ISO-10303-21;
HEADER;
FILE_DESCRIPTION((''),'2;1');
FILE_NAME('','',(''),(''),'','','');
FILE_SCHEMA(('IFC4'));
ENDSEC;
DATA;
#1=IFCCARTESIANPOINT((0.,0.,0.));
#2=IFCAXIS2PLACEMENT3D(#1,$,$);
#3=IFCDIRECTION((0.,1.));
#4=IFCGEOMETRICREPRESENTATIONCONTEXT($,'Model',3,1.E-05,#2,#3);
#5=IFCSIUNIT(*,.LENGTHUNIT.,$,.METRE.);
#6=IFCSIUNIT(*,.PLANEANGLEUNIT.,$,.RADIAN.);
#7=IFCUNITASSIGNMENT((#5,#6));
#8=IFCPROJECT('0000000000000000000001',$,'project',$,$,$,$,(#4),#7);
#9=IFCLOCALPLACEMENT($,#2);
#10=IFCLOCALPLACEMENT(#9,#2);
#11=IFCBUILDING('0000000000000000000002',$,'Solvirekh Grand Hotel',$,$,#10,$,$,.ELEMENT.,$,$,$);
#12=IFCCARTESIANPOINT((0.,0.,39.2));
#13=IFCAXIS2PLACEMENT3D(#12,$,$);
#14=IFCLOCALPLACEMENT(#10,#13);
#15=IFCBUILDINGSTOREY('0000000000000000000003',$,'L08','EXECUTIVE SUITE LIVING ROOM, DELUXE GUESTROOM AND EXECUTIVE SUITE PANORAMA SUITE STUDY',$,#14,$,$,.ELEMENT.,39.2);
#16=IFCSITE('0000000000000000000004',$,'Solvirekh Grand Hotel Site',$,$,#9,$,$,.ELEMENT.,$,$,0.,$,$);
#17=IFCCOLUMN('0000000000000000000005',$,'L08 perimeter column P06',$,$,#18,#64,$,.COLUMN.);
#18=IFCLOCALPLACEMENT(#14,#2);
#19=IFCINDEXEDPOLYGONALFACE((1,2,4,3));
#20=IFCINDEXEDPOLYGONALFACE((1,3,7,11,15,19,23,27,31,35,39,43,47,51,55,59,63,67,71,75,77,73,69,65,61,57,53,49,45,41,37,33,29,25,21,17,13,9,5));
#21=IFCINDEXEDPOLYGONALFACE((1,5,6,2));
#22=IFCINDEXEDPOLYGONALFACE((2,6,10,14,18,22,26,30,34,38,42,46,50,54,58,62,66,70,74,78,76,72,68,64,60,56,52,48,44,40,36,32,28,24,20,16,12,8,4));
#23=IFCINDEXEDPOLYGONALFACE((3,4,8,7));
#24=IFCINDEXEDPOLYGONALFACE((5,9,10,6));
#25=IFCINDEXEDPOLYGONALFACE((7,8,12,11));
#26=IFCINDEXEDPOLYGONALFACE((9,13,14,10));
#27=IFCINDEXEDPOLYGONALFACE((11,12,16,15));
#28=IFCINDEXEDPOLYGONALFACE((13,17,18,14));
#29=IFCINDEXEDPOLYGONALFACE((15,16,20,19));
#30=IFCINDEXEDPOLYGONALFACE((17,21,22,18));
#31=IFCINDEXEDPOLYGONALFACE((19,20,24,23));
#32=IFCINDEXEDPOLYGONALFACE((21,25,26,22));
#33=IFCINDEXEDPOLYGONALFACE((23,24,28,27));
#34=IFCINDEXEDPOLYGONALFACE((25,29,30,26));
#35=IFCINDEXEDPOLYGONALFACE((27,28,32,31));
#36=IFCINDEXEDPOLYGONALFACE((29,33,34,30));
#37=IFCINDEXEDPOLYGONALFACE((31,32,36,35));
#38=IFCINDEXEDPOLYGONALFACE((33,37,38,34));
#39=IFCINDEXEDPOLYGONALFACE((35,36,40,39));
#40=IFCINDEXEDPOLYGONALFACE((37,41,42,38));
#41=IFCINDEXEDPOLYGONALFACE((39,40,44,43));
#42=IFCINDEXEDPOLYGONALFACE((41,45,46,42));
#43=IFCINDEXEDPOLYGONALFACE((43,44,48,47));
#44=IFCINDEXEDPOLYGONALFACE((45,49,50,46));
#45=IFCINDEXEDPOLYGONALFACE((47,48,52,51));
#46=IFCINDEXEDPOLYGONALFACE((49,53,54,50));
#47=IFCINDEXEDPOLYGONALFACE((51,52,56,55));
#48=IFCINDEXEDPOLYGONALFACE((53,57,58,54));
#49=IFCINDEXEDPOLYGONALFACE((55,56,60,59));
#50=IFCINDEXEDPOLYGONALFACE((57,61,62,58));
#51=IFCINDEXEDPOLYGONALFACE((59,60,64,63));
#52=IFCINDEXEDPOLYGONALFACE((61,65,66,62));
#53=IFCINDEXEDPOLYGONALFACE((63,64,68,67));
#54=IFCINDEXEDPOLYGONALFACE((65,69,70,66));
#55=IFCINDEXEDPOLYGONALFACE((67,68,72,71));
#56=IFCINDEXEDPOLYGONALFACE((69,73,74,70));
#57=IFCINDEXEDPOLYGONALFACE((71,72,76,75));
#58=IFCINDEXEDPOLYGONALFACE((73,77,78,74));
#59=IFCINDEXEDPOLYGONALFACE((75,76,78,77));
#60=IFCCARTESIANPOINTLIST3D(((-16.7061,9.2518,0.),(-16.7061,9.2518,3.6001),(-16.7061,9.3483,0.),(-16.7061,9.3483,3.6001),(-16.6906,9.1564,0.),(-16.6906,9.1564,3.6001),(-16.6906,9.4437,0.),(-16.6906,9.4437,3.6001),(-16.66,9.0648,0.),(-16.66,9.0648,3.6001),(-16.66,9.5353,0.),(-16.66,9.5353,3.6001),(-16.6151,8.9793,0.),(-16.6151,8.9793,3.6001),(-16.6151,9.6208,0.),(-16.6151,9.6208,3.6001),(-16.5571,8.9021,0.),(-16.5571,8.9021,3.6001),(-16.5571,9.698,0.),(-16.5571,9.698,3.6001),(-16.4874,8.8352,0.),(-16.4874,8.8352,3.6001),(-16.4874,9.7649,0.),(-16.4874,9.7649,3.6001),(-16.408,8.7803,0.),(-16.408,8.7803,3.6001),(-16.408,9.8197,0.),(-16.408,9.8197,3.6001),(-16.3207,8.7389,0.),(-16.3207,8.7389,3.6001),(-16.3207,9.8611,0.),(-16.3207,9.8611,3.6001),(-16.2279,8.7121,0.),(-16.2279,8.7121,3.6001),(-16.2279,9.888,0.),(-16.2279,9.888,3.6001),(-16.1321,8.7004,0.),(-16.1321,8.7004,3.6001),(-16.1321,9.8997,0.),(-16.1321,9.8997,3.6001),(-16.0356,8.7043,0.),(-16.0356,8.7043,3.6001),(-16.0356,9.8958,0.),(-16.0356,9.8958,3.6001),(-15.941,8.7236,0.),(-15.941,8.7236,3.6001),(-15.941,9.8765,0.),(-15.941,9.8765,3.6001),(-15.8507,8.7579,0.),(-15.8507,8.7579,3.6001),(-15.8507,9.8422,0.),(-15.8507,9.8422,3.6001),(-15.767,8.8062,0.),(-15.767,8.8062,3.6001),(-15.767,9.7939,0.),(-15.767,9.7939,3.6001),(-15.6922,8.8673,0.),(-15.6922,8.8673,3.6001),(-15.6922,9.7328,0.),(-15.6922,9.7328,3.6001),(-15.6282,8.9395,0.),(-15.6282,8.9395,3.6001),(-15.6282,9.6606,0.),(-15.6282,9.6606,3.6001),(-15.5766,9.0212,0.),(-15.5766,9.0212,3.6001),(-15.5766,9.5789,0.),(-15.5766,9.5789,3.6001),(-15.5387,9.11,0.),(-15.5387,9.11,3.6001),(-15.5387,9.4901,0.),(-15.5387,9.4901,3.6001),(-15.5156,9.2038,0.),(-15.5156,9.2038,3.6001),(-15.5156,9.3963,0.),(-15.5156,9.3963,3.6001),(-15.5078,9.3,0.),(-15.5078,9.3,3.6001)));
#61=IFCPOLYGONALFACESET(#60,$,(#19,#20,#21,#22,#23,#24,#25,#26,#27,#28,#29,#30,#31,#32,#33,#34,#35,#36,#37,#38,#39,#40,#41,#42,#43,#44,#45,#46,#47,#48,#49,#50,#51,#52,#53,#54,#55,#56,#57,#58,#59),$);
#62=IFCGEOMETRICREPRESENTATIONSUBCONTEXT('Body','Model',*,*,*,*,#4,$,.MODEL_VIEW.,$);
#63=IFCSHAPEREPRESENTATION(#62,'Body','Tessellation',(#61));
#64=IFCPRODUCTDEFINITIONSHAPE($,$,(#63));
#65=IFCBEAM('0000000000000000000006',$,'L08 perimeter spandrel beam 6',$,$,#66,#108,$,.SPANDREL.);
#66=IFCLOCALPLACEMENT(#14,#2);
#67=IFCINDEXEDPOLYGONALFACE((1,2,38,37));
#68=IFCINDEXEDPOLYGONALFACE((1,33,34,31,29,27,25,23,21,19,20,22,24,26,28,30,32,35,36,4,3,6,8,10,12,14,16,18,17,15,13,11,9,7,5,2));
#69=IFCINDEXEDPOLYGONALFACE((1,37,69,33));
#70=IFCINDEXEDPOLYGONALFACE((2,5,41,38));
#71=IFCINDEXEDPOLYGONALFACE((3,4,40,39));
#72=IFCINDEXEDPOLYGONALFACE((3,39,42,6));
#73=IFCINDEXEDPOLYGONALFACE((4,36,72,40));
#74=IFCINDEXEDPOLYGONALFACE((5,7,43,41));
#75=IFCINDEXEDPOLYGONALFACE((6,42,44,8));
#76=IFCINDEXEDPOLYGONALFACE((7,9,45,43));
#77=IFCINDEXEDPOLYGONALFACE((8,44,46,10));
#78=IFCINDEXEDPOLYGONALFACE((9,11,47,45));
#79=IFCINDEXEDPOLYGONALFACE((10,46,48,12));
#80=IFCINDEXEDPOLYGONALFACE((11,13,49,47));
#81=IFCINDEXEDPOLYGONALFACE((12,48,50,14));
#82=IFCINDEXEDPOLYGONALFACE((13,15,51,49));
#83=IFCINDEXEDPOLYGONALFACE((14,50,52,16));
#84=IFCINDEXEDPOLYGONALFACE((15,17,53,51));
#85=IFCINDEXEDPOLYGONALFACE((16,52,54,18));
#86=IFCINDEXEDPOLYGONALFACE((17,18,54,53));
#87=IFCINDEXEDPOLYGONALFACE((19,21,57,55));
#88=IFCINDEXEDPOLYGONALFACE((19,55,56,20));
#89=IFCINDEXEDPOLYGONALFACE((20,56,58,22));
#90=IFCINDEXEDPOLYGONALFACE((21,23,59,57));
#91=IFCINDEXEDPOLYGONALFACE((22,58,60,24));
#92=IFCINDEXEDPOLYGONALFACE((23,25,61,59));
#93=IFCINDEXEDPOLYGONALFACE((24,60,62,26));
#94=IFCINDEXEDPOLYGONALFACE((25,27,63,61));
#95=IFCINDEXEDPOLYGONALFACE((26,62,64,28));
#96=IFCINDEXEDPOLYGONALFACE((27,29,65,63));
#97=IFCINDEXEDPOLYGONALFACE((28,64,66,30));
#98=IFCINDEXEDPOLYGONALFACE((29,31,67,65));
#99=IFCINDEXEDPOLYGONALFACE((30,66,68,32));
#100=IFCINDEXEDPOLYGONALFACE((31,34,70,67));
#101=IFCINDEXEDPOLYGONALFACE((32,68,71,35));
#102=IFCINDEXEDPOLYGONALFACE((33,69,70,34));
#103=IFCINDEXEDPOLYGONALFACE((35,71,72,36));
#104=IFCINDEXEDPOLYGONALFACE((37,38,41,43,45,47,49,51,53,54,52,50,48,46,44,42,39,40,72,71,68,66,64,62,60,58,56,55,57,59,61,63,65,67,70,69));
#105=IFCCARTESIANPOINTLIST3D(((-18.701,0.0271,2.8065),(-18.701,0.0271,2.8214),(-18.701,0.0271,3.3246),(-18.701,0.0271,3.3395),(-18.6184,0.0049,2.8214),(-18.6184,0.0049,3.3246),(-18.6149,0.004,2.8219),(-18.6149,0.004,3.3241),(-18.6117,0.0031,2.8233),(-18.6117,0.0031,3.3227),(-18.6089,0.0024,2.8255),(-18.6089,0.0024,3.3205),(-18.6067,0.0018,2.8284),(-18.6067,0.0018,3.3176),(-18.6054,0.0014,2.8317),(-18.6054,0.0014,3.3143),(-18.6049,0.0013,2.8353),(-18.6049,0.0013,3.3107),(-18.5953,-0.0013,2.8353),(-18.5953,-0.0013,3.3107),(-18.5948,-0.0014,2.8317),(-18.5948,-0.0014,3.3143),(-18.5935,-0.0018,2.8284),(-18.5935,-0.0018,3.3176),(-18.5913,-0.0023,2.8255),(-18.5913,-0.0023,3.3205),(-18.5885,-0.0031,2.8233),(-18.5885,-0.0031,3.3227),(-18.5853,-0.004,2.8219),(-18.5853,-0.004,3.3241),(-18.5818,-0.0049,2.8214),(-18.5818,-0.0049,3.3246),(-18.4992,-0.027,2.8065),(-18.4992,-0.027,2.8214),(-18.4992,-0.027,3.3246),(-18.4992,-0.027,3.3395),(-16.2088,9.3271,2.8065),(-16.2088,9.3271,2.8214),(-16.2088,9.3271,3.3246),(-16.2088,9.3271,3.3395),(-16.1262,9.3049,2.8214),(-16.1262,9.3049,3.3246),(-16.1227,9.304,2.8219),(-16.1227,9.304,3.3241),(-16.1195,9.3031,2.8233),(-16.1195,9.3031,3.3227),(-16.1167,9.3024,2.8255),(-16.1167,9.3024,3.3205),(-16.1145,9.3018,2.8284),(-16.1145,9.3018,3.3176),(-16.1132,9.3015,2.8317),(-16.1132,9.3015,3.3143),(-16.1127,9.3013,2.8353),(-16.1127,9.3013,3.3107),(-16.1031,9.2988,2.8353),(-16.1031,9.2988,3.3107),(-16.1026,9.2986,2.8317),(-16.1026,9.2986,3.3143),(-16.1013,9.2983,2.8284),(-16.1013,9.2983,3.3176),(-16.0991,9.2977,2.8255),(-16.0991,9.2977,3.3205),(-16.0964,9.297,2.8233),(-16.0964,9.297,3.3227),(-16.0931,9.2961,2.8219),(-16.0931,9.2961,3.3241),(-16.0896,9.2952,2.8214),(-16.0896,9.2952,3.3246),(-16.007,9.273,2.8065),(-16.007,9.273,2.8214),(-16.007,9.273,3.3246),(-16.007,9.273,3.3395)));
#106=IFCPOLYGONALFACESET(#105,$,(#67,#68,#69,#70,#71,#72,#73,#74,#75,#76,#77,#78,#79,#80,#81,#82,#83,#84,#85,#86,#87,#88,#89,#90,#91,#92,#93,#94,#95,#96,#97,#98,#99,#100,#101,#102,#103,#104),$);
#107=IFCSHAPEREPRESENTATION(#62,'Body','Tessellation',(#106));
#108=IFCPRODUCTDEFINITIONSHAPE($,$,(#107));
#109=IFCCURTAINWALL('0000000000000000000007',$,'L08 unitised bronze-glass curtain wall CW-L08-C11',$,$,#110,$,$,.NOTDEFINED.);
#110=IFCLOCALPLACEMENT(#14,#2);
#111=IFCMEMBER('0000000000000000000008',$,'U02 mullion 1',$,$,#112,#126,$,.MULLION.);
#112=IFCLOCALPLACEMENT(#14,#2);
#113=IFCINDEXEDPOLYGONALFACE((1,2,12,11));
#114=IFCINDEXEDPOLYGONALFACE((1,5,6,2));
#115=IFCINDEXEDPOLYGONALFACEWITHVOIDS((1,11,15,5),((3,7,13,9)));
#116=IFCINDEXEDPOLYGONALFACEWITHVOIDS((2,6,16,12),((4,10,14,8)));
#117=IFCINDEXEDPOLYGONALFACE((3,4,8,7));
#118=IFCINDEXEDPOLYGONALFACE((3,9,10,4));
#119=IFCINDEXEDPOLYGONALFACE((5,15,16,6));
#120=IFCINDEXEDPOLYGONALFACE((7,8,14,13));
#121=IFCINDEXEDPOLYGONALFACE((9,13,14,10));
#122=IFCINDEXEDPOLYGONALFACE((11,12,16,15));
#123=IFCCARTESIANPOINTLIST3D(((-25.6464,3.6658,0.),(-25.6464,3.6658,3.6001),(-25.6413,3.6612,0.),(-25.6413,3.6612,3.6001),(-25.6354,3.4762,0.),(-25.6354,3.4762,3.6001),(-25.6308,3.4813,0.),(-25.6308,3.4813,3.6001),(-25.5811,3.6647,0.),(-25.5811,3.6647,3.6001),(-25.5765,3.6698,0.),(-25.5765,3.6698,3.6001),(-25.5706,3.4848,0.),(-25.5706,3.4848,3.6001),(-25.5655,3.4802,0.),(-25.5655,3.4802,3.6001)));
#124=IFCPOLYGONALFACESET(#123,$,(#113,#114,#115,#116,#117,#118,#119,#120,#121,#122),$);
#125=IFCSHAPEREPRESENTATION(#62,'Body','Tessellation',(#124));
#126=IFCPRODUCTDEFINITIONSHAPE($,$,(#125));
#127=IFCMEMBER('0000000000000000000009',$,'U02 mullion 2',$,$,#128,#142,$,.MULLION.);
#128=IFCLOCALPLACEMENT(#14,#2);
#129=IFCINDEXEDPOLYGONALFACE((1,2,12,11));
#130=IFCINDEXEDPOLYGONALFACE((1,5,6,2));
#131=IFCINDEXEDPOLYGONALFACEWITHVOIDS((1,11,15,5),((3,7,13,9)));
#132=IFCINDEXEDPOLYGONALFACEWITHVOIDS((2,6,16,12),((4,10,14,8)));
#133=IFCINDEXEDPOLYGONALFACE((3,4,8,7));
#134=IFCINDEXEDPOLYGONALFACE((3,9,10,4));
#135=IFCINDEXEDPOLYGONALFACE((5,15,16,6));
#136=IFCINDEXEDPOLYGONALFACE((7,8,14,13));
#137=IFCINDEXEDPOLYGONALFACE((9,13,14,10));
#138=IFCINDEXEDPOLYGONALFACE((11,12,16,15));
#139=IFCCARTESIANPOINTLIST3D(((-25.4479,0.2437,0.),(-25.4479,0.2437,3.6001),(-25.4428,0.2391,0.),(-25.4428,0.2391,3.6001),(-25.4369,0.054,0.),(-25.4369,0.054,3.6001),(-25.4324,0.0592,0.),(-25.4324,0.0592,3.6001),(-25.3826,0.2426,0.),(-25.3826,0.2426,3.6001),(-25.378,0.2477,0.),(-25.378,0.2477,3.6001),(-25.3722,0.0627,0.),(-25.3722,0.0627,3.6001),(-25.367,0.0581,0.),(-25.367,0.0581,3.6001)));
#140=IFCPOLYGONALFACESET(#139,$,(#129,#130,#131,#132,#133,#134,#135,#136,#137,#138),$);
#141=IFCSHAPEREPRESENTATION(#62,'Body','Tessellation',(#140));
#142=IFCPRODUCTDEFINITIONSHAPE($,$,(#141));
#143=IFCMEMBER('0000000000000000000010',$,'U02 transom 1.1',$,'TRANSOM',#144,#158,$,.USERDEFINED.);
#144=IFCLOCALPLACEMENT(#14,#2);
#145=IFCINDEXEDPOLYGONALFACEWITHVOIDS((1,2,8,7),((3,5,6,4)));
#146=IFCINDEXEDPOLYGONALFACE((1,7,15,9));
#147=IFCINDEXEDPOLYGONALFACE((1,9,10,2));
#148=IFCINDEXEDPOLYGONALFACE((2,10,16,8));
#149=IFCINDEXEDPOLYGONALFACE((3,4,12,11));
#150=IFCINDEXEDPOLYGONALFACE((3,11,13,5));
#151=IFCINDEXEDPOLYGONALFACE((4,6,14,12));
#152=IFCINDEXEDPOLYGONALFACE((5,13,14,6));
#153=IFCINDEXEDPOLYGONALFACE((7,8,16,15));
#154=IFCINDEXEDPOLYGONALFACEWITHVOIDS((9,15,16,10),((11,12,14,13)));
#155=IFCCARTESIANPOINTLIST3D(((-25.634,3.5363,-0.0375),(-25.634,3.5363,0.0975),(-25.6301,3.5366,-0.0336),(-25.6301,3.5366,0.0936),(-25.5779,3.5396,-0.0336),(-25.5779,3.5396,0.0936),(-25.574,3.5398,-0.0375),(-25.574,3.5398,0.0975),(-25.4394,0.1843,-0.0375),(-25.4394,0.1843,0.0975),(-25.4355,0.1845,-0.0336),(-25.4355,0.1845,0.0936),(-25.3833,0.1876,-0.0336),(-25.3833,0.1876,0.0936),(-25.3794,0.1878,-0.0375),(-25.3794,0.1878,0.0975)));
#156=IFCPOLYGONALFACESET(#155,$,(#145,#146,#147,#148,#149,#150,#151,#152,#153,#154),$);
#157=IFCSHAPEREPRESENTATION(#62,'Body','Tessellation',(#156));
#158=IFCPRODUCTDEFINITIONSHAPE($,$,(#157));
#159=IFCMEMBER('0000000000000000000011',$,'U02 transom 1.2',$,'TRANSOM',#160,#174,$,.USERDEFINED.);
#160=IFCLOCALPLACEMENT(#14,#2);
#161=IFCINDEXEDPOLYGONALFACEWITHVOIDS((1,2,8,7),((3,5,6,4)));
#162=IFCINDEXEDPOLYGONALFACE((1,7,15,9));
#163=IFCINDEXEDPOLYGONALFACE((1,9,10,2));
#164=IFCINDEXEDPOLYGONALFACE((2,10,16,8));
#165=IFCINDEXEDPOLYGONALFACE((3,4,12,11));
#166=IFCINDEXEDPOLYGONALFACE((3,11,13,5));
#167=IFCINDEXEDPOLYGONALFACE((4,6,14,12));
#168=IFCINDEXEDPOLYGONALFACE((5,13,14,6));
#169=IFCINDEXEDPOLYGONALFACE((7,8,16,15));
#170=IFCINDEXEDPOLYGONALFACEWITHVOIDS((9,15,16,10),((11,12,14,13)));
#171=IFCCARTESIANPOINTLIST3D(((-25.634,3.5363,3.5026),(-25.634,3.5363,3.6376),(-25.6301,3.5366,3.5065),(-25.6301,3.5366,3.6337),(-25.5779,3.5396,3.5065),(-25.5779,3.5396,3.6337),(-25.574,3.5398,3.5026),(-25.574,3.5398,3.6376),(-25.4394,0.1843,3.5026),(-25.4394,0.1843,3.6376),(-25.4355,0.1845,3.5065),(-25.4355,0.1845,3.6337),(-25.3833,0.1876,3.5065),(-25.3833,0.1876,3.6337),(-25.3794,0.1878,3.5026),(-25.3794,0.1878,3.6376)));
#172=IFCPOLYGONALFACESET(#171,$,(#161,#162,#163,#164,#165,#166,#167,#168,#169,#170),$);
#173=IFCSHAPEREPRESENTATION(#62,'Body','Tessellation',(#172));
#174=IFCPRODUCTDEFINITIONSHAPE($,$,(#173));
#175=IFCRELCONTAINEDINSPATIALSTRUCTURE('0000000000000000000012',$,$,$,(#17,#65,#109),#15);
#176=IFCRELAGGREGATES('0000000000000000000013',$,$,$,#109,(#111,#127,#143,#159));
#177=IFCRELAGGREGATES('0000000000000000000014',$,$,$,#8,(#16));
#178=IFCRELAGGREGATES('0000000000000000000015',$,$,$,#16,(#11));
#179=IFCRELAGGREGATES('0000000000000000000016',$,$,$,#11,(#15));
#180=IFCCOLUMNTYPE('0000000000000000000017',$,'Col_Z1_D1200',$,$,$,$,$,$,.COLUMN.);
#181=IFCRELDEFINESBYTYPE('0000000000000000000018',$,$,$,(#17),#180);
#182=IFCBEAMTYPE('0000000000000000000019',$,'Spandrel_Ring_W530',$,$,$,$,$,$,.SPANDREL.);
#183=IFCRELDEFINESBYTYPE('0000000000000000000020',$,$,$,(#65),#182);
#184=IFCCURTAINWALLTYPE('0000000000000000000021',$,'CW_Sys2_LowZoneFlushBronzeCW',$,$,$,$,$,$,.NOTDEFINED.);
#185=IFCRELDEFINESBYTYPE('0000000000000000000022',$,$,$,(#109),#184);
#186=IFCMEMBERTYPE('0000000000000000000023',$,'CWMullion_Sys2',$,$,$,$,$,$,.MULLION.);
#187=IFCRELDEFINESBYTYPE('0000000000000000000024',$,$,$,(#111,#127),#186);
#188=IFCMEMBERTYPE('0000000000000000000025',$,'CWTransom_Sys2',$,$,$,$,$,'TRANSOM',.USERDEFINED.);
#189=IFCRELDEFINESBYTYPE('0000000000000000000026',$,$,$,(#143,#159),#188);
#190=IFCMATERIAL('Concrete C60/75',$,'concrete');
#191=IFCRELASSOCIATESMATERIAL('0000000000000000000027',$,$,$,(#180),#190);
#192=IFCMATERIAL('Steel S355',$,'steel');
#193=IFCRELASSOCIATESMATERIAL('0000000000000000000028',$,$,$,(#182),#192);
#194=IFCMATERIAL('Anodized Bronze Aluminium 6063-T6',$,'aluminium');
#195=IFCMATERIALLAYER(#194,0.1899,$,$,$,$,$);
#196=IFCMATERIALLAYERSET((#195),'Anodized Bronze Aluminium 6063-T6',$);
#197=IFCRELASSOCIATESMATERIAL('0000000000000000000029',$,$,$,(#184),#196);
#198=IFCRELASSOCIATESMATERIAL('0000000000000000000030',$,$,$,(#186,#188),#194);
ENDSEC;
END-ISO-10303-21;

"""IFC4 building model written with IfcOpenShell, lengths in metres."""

from ifc_helpers import new_model, si_unit, direction, frame, origin, origin_2d, place, context, subcontext, project, spatial, hollow_rectangle, circle, i_section, extrude, source, transform, mapped, material, layer, layer_set, material_profile, profile_set, type_object, element, aggregate, save


model = new_model("IFC4")

# Units and contexts
model_context = context("Model", 3, precision=1e-05, world=origin(), true_north=direction((0.0, 1.0)))
body_context = subcontext(model_context, "Body", "Model", "MODEL_VIEW")
ifc_project = project(units=[si_unit("LENGTHUNIT", "METRE"), si_unit("PLANEANGLEUNIT", "RADIAN")], contexts=[model_context])

# Site, building, storey
site_placement = place(None, origin())
site = spatial("IfcSite", under=ifc_project, at=site_placement, Name="Solvirekh Grand Hotel Site", CompositionType="ELEMENT", RefElevation=0.0)
building_placement = place(site_placement, origin())
building = spatial("IfcBuilding", under=site, at=building_placement, Name="Solvirekh Grand Hotel", CompositionType="ELEMENT")
storey_placement = place(building_placement, frame((0.0, 0.0, 39.2)))
storey = spatial("IfcBuildingStorey", under=building, at=storey_placement, Name="L08", Description="EXECUTIVE SUITE LIVING ROOM, DELUXE GUESTROOM AND EXECUTIVE SUITE PANORAMA SUITE STUDY", CompositionType="ELEMENT", Elevation=39.2)

# Column
ifc_material_1 = material(Name="Concrete C60/75", Category="concrete")
ifc_material_profile_1 = material_profile(ifc_material_1, circle(Radius=0.6001, at=origin_2d()), Name="RC CIRC D1200")
ifc_profile_set_1 = profile_set([ifc_material_profile_1], Name="Concrete C60/75")
column_type = type_object("IfcColumnType", Name="Col_Z1_D1200", PredefinedType="COLUMN", material=ifc_profile_set_1)
column_placement = place(storey_placement, frame((-16.1079, 9.3, 0.0), z_axis=(0.0, 0.0, 1.0), x_axis=(1.0, 0.0, 0.0)))
element("IfcColumn", 1, at=column_placement, inside=storey, type_object=column_type, Name="L08 perimeter column P06", PredefinedType="COLUMN", context=body_context, shape_type="SweptSolid", body=[
    extrude(circle(Radius=0.6001, at=origin_2d()), origin(), (0.0, 0.0, 1.0), 3.6001),
])

# Beam
ifc_material_2 = material(Name="Steel S355", Category="steel")
ifc_material_profile_2 = material_profile(ifc_material_2, i_section(OverallWidth=0.209, OverallDepth=0.533, WebThickness=0.01, FlangeThickness=0.0149, FilletRadius=0.0139, at=origin_2d()), Name="W530X92")
ifc_profile_set_2 = profile_set([ifc_material_profile_2], Name="Steel S355")
beam_type = type_object("IfcBeamType", Name="Spandrel_Ring_W530", PredefinedType="SPANDREL", material=ifc_profile_set_2)
beam_placement = place(storey_placement, frame((-16.1079, 9.3, 3.073), z_axis=(-0.258843, -0.965919, 0.0), x_axis=(0.965919, -0.258843, 0.0)))
element("IfcBeam", 2, at=beam_placement, inside=storey, type_object=beam_type, Name="L08 perimeter spandrel beam 6", PredefinedType="SPANDREL", context=body_context, shape_type="SweptSolid", body=[
    extrude(i_section(OverallWidth=0.209, OverallDepth=0.533, WebThickness=0.01, FlangeThickness=0.0149, FilletRadius=0.0139, at=origin_2d()), origin(), (0.0, 0.0, 1.0), 9.6282),
])

# Curtain wall, members
ifc_material_3 = material(Name="Anodized Bronze Aluminium 6063-T6", Category="aluminium")
ifc_layer_1 = layer(ifc_material_3, 0.1899)
ifc_layer_set_1 = layer_set([ifc_layer_1], Name="Anodized Bronze Aluminium 6063-T6")
curtain_wall_type = type_object("IfcCurtainWallType", Name="CW_Sys2_LowZoneFlushBronzeCW", PredefinedType="NOTDEFINED", material=ifc_layer_set_1)
curtain_wall_placement = place(storey_placement, origin())
curtain_wall = element("IfcCurtainWall", 3, at=curtain_wall_placement, inside=storey, type_object=curtain_wall_type, Name="L08 unitised bronze-glass curtain wall CW-L08-C11", PredefinedType="NOTDEFINED")
ifc_material_profile_3 = material_profile(ifc_material_3, hollow_rectangle(XDim=0.0701, YDim=0.1899, WallThickness=0.0049, at=origin_2d()), Name="ALU RHS 190X70X5")
ifc_profile_set_3 = profile_set([ifc_material_profile_3], Name="Anodized Bronze Aluminium 6063-T6")
member_type_1 = type_object("IfcMemberType", Name="CWMullion_Sys2", PredefinedType="MULLION", material=ifc_profile_set_3)
shared_shape_1 = source(origin(), body_context, "Body", "SweptSolid", [
    extrude(hollow_rectangle(XDim=0.0701, YDim=0.1899, WallThickness=0.0049, at=origin_2d()), origin(), (0.0, 0.0, 1.0), 3.6001),
])
member_1_placement = place(storey_placement, frame((-25.606, 3.573, 0.0), z_axis=(0.0, 0.0, 1.0), x_axis=(0.998322, 0.057901, 0.0)))
member_1 = element("IfcMember", 4, at=member_1_placement, type_object=member_type_1, Name="U02 mullion 1", PredefinedType="MULLION", context=body_context, shape_type="MappedRepresentation", body=[
    mapped(shared_shape_1, transform((0.0, 0.0, 0.0), x_axis=(1.0, 0.0, 0.0), y_axis=(0.0, 1.0, 0.0), z_axis=(0.0, 0.0, 1.0), scale=1.0)),
])
member_2_placement = place(storey_placement, frame((-25.4075, 0.1509, 0.0), z_axis=(0.0, 0.0, 1.0), x_axis=(0.998322, 0.057901, 0.0)))
member_2 = element("IfcMember", 5, at=member_2_placement, type_object=member_type_1, Name="U02 mullion 2", PredefinedType="MULLION", context=body_context, shape_type="MappedRepresentation", body=[
    mapped(shared_shape_1, transform((0.0, 0.0, 0.0), x_axis=(1.0, 0.0, 0.0), y_axis=(0.0, 1.0, 0.0), z_axis=(0.0, 0.0, 1.0), scale=1.0)),
])
ifc_material_profile_4 = material_profile(ifc_material_3, hollow_rectangle(XDim=0.0601, YDim=0.135, WallThickness=0.0039, at=origin_2d()), Name="ALU RHS 135X60X4")
ifc_profile_set_4 = profile_set([ifc_material_profile_4], Name="Anodized Bronze Aluminium 6063-T6")
member_type_2 = type_object("IfcMemberType", Name="CWTransom_Sys2", ElementType="TRANSOM", PredefinedType="USERDEFINED", material=ifc_profile_set_4)
shared_shape_2 = source(origin(), body_context, "Body", "SweptSolid", [
    extrude(hollow_rectangle(XDim=0.0601, YDim=0.135, WallThickness=0.0039, at=origin_2d()), origin(), (0.0, 0.0, 1.0), 3.3577),
])
member_3_placement = place(storey_placement, frame((-25.604, 3.5381, 0.03), z_axis=(0.057951, -0.998319, 0.0), x_axis=(0.998319, 0.057951, 0.0)))
member_3 = element("IfcMember", 6, at=member_3_placement, type_object=member_type_2, Name="U02 transom 1.1", ObjectType="TRANSOM", PredefinedType="USERDEFINED", context=body_context, shape_type="MappedRepresentation", body=[
    mapped(shared_shape_2, transform((0.0, 0.0, 0.0), x_axis=(1.0, 0.0, 0.0), y_axis=(0.0, 1.0, 0.0), z_axis=(0.0, 0.0, 1.0), scale=1.0)),
])
member_4_placement = place(storey_placement, frame((-25.604, 3.5381, 3.5701), z_axis=(0.057951, -0.998319, 0.0), x_axis=(0.998319, 0.057951, 0.0)))
member_4 = element("IfcMember", 7, at=member_4_placement, type_object=member_type_2, Name="U02 transom 1.2", ObjectType="TRANSOM", PredefinedType="USERDEFINED", context=body_context, shape_type="MappedRepresentation", body=[
    mapped(shared_shape_2, transform((0.0, 0.0, 0.0), x_axis=(1.0, 0.0, 0.0), y_axis=(0.0, 1.0, 0.0), z_axis=(0.0, 0.0, 1.0), scale=1.0)),
])
aggregate(curtain_wall, [member_1, member_2, member_3, member_4])

save(model, "model.ifc")
